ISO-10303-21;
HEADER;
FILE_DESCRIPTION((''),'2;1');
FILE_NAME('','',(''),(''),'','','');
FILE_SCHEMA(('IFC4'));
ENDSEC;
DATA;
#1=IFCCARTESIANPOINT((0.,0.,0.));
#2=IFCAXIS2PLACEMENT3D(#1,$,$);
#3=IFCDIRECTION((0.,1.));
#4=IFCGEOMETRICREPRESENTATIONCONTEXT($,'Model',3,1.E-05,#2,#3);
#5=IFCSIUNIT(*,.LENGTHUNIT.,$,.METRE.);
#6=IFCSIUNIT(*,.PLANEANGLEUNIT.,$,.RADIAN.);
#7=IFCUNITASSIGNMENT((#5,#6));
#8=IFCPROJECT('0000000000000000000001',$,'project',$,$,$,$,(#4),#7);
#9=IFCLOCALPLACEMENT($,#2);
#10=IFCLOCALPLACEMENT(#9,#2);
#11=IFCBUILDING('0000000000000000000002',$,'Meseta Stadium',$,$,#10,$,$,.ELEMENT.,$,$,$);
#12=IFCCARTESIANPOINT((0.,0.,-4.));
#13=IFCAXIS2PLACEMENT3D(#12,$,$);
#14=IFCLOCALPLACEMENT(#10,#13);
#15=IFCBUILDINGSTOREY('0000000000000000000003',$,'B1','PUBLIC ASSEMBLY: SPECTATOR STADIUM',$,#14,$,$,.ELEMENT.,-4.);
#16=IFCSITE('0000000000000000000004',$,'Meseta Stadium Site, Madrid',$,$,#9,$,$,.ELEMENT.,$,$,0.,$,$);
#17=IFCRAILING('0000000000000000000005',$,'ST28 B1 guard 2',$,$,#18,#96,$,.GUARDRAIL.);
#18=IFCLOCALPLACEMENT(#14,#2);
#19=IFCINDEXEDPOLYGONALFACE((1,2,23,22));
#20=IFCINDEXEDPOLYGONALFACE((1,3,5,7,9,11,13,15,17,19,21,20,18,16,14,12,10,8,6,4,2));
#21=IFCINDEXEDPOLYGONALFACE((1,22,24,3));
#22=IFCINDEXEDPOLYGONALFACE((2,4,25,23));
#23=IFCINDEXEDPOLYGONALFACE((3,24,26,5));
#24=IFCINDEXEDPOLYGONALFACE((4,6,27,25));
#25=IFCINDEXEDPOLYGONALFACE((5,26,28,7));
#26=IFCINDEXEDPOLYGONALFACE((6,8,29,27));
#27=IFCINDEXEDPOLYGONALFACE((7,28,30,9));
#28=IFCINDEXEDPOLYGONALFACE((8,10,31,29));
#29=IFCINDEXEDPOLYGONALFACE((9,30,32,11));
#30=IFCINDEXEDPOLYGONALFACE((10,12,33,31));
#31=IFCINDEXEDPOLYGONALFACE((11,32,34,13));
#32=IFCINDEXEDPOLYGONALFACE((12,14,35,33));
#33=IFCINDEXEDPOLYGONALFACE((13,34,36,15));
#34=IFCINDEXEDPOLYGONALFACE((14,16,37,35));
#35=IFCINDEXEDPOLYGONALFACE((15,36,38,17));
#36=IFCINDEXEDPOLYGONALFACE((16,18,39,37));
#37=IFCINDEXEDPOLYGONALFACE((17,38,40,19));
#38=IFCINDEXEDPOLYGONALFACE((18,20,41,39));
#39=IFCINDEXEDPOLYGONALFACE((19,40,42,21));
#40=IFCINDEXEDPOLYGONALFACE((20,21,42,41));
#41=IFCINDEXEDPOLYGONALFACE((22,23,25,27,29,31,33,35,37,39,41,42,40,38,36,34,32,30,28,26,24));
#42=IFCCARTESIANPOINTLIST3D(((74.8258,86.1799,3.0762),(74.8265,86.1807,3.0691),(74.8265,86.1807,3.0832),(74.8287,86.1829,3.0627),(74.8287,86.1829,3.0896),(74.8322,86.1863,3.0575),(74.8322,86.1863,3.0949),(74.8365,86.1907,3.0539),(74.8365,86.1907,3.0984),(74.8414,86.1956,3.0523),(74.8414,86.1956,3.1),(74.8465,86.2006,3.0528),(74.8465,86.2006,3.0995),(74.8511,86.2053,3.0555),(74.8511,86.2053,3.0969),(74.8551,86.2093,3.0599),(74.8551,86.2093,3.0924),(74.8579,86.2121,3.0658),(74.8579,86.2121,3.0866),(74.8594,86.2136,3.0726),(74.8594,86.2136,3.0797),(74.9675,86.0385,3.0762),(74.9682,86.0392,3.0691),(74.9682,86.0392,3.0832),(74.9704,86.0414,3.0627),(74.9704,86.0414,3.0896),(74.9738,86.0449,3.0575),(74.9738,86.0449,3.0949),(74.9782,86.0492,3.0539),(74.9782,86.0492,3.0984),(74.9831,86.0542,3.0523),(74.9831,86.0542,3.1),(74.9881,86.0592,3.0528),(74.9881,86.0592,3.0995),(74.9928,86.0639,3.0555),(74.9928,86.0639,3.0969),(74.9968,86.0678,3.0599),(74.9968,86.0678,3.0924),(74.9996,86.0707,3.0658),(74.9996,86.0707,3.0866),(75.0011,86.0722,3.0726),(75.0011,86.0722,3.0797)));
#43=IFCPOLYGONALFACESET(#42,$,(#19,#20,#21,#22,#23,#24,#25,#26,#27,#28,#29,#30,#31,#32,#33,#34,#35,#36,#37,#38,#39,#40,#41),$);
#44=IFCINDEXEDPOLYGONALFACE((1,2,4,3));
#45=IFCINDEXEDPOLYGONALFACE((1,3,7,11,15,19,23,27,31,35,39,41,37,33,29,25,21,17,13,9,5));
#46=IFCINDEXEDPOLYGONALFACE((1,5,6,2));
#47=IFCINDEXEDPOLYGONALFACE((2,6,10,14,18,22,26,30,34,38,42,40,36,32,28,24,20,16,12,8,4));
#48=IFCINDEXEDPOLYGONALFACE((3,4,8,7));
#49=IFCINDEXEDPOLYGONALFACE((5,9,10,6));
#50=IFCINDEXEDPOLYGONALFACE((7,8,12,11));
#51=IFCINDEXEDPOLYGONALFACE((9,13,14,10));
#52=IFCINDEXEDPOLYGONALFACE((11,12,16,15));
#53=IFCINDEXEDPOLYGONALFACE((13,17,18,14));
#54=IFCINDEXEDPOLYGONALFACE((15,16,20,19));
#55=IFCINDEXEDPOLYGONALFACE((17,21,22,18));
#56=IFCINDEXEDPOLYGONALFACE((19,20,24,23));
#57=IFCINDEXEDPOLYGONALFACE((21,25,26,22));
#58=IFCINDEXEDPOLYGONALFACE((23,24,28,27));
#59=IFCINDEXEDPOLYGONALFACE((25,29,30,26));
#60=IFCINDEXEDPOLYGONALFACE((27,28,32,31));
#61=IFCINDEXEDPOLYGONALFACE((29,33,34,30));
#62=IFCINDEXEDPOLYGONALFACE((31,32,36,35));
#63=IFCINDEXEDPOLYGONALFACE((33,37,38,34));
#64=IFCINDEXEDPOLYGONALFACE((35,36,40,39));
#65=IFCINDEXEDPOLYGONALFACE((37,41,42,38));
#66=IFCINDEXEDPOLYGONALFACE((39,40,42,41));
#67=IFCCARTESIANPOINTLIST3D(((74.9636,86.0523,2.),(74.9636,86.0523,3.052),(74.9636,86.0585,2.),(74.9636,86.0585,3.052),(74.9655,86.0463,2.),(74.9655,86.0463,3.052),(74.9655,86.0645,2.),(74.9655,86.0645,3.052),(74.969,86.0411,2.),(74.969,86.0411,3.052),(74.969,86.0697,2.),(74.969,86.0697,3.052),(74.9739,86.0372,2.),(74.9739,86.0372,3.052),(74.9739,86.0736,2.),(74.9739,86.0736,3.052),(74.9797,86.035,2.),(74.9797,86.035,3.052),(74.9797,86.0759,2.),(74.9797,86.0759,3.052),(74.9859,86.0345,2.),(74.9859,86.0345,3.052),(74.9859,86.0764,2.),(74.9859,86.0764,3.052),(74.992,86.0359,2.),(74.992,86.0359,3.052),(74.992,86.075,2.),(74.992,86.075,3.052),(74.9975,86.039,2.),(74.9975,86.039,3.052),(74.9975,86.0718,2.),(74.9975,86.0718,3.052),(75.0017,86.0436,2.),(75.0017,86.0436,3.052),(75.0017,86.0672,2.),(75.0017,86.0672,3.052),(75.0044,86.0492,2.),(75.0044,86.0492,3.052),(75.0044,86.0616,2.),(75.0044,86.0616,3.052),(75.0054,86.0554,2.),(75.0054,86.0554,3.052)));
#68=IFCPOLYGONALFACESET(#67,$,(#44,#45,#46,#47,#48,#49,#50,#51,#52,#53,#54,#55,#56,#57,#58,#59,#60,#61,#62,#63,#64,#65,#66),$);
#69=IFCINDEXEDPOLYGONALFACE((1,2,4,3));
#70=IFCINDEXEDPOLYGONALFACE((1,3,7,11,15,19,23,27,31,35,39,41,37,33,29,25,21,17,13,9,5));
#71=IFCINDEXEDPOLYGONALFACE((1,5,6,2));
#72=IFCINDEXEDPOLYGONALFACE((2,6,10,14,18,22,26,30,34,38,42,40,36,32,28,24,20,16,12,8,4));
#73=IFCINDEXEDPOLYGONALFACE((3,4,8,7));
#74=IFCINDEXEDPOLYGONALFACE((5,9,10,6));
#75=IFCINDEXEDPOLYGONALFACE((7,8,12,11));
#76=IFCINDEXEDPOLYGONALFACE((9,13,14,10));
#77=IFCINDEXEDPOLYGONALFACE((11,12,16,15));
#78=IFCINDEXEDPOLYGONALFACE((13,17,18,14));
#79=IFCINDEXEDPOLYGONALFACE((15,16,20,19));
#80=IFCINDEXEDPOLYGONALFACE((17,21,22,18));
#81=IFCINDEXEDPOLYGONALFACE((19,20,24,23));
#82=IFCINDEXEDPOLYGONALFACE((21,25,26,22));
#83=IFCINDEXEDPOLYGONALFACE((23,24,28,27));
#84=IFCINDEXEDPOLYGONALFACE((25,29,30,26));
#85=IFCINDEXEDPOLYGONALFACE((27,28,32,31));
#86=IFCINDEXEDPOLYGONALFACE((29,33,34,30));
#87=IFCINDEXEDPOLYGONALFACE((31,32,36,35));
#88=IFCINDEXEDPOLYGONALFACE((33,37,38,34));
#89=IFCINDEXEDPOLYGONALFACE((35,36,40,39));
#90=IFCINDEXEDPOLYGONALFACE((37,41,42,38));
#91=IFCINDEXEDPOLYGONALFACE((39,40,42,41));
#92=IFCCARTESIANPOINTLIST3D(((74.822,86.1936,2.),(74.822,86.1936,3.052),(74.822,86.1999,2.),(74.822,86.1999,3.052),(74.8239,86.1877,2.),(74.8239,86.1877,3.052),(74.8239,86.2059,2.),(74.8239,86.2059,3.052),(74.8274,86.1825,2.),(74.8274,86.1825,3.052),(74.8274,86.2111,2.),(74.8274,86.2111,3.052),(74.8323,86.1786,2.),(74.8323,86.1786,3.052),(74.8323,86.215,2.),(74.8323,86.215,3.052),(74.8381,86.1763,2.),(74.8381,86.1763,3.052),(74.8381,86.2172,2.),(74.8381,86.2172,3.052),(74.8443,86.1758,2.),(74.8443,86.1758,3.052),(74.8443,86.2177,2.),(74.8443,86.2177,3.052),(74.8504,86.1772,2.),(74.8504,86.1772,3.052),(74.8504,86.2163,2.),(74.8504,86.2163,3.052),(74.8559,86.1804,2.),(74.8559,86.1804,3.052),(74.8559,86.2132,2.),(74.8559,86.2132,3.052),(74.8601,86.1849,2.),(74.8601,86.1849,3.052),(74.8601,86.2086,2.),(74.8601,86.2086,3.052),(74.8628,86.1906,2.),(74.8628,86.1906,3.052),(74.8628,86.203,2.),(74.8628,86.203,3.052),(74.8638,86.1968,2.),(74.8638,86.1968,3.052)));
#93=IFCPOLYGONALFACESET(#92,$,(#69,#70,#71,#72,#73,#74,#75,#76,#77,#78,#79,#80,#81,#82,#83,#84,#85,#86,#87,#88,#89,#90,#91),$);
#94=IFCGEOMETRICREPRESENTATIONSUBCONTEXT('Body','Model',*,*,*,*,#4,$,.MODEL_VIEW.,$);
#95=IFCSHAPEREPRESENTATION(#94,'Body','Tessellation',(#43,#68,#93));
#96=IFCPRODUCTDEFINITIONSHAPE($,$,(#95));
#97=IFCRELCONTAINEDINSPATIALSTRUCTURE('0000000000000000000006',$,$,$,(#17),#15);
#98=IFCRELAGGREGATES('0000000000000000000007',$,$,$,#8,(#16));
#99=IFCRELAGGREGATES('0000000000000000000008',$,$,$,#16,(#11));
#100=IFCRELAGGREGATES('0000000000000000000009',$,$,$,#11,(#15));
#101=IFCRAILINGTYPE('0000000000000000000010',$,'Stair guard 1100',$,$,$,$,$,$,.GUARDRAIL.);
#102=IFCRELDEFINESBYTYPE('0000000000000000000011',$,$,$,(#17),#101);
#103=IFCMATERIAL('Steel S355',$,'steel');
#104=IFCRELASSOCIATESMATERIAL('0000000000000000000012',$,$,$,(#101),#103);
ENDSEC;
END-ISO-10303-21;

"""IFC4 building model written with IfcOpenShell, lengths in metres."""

from ifc_helpers import new_model, si_unit, direction, frame, origin, origin_2d, place, context, subcontext, project, spatial, circle, extrude, material, type_object, element, save


model = new_model("IFC4")

# Units and contexts
model_context = context("Model", 3, precision=1e-05, world=origin(), true_north=direction((0.0, 1.0)))
body_context = subcontext(model_context, "Body", "Model", "MODEL_VIEW")
ifc_project = project(units=[si_unit("LENGTHUNIT", "METRE"), si_unit("PLANEANGLEUNIT", "RADIAN")], contexts=[model_context])

# Site, building, storey
site_placement = place(None, origin())
site = spatial("IfcSite", under=ifc_project, at=site_placement, Name="Meseta Stadium Site, Madrid", CompositionType="ELEMENT", RefElevation=0.0)
building_placement = place(site_placement, origin())
building = spatial("IfcBuilding", under=site, at=building_placement, Name="Meseta Stadium", CompositionType="ELEMENT")
storey_placement = place(building_placement, frame((0.0, 0.0, -4.0)))
storey = spatial("IfcBuildingStorey", under=building, at=storey_placement, Name="B1", Description="PUBLIC ASSEMBLY: SPECTATOR STADIUM", CompositionType="ELEMENT", Elevation=-4.0)

# Railing
ifc_material_1 = material(Name="Steel S355", Category="steel")
railing_type_1 = type_object("IfcRailingType", Name="Stair guard 1100", PredefinedType="GUARDRAIL", material=ifc_material_1)
railing_1_placement = place(storey_placement, frame((74.9844, 86.0554, 2.0)))
element("IfcRailing", 1, at=railing_1_placement, inside=storey, type_object=railing_type_1, Name="ST28 B1 guard 2", PredefinedType="GUARDRAIL", context=body_context, shape_type="SweptSolid", body=[
    extrude(circle(Radius=0.0239, at=origin_2d()), frame((0.0, 0.0, 1.0762), z_axis=(-0.707717, 0.706496, 0.0), x_axis=(-0.706496, -0.707717, 0.0)), (0.0, 0.0, 1.0), 0.2002),
    extrude(circle(Radius=0.021, at=origin_2d()), origin(), (0.0, 0.0, 1.0), 1.052),
    extrude(circle(Radius=0.021, at=origin_2d()), frame((-0.1416, 0.1414, 0.0)), (0.0, 0.0, 1.0), 1.052),
])

save(model, "model.ifc")
